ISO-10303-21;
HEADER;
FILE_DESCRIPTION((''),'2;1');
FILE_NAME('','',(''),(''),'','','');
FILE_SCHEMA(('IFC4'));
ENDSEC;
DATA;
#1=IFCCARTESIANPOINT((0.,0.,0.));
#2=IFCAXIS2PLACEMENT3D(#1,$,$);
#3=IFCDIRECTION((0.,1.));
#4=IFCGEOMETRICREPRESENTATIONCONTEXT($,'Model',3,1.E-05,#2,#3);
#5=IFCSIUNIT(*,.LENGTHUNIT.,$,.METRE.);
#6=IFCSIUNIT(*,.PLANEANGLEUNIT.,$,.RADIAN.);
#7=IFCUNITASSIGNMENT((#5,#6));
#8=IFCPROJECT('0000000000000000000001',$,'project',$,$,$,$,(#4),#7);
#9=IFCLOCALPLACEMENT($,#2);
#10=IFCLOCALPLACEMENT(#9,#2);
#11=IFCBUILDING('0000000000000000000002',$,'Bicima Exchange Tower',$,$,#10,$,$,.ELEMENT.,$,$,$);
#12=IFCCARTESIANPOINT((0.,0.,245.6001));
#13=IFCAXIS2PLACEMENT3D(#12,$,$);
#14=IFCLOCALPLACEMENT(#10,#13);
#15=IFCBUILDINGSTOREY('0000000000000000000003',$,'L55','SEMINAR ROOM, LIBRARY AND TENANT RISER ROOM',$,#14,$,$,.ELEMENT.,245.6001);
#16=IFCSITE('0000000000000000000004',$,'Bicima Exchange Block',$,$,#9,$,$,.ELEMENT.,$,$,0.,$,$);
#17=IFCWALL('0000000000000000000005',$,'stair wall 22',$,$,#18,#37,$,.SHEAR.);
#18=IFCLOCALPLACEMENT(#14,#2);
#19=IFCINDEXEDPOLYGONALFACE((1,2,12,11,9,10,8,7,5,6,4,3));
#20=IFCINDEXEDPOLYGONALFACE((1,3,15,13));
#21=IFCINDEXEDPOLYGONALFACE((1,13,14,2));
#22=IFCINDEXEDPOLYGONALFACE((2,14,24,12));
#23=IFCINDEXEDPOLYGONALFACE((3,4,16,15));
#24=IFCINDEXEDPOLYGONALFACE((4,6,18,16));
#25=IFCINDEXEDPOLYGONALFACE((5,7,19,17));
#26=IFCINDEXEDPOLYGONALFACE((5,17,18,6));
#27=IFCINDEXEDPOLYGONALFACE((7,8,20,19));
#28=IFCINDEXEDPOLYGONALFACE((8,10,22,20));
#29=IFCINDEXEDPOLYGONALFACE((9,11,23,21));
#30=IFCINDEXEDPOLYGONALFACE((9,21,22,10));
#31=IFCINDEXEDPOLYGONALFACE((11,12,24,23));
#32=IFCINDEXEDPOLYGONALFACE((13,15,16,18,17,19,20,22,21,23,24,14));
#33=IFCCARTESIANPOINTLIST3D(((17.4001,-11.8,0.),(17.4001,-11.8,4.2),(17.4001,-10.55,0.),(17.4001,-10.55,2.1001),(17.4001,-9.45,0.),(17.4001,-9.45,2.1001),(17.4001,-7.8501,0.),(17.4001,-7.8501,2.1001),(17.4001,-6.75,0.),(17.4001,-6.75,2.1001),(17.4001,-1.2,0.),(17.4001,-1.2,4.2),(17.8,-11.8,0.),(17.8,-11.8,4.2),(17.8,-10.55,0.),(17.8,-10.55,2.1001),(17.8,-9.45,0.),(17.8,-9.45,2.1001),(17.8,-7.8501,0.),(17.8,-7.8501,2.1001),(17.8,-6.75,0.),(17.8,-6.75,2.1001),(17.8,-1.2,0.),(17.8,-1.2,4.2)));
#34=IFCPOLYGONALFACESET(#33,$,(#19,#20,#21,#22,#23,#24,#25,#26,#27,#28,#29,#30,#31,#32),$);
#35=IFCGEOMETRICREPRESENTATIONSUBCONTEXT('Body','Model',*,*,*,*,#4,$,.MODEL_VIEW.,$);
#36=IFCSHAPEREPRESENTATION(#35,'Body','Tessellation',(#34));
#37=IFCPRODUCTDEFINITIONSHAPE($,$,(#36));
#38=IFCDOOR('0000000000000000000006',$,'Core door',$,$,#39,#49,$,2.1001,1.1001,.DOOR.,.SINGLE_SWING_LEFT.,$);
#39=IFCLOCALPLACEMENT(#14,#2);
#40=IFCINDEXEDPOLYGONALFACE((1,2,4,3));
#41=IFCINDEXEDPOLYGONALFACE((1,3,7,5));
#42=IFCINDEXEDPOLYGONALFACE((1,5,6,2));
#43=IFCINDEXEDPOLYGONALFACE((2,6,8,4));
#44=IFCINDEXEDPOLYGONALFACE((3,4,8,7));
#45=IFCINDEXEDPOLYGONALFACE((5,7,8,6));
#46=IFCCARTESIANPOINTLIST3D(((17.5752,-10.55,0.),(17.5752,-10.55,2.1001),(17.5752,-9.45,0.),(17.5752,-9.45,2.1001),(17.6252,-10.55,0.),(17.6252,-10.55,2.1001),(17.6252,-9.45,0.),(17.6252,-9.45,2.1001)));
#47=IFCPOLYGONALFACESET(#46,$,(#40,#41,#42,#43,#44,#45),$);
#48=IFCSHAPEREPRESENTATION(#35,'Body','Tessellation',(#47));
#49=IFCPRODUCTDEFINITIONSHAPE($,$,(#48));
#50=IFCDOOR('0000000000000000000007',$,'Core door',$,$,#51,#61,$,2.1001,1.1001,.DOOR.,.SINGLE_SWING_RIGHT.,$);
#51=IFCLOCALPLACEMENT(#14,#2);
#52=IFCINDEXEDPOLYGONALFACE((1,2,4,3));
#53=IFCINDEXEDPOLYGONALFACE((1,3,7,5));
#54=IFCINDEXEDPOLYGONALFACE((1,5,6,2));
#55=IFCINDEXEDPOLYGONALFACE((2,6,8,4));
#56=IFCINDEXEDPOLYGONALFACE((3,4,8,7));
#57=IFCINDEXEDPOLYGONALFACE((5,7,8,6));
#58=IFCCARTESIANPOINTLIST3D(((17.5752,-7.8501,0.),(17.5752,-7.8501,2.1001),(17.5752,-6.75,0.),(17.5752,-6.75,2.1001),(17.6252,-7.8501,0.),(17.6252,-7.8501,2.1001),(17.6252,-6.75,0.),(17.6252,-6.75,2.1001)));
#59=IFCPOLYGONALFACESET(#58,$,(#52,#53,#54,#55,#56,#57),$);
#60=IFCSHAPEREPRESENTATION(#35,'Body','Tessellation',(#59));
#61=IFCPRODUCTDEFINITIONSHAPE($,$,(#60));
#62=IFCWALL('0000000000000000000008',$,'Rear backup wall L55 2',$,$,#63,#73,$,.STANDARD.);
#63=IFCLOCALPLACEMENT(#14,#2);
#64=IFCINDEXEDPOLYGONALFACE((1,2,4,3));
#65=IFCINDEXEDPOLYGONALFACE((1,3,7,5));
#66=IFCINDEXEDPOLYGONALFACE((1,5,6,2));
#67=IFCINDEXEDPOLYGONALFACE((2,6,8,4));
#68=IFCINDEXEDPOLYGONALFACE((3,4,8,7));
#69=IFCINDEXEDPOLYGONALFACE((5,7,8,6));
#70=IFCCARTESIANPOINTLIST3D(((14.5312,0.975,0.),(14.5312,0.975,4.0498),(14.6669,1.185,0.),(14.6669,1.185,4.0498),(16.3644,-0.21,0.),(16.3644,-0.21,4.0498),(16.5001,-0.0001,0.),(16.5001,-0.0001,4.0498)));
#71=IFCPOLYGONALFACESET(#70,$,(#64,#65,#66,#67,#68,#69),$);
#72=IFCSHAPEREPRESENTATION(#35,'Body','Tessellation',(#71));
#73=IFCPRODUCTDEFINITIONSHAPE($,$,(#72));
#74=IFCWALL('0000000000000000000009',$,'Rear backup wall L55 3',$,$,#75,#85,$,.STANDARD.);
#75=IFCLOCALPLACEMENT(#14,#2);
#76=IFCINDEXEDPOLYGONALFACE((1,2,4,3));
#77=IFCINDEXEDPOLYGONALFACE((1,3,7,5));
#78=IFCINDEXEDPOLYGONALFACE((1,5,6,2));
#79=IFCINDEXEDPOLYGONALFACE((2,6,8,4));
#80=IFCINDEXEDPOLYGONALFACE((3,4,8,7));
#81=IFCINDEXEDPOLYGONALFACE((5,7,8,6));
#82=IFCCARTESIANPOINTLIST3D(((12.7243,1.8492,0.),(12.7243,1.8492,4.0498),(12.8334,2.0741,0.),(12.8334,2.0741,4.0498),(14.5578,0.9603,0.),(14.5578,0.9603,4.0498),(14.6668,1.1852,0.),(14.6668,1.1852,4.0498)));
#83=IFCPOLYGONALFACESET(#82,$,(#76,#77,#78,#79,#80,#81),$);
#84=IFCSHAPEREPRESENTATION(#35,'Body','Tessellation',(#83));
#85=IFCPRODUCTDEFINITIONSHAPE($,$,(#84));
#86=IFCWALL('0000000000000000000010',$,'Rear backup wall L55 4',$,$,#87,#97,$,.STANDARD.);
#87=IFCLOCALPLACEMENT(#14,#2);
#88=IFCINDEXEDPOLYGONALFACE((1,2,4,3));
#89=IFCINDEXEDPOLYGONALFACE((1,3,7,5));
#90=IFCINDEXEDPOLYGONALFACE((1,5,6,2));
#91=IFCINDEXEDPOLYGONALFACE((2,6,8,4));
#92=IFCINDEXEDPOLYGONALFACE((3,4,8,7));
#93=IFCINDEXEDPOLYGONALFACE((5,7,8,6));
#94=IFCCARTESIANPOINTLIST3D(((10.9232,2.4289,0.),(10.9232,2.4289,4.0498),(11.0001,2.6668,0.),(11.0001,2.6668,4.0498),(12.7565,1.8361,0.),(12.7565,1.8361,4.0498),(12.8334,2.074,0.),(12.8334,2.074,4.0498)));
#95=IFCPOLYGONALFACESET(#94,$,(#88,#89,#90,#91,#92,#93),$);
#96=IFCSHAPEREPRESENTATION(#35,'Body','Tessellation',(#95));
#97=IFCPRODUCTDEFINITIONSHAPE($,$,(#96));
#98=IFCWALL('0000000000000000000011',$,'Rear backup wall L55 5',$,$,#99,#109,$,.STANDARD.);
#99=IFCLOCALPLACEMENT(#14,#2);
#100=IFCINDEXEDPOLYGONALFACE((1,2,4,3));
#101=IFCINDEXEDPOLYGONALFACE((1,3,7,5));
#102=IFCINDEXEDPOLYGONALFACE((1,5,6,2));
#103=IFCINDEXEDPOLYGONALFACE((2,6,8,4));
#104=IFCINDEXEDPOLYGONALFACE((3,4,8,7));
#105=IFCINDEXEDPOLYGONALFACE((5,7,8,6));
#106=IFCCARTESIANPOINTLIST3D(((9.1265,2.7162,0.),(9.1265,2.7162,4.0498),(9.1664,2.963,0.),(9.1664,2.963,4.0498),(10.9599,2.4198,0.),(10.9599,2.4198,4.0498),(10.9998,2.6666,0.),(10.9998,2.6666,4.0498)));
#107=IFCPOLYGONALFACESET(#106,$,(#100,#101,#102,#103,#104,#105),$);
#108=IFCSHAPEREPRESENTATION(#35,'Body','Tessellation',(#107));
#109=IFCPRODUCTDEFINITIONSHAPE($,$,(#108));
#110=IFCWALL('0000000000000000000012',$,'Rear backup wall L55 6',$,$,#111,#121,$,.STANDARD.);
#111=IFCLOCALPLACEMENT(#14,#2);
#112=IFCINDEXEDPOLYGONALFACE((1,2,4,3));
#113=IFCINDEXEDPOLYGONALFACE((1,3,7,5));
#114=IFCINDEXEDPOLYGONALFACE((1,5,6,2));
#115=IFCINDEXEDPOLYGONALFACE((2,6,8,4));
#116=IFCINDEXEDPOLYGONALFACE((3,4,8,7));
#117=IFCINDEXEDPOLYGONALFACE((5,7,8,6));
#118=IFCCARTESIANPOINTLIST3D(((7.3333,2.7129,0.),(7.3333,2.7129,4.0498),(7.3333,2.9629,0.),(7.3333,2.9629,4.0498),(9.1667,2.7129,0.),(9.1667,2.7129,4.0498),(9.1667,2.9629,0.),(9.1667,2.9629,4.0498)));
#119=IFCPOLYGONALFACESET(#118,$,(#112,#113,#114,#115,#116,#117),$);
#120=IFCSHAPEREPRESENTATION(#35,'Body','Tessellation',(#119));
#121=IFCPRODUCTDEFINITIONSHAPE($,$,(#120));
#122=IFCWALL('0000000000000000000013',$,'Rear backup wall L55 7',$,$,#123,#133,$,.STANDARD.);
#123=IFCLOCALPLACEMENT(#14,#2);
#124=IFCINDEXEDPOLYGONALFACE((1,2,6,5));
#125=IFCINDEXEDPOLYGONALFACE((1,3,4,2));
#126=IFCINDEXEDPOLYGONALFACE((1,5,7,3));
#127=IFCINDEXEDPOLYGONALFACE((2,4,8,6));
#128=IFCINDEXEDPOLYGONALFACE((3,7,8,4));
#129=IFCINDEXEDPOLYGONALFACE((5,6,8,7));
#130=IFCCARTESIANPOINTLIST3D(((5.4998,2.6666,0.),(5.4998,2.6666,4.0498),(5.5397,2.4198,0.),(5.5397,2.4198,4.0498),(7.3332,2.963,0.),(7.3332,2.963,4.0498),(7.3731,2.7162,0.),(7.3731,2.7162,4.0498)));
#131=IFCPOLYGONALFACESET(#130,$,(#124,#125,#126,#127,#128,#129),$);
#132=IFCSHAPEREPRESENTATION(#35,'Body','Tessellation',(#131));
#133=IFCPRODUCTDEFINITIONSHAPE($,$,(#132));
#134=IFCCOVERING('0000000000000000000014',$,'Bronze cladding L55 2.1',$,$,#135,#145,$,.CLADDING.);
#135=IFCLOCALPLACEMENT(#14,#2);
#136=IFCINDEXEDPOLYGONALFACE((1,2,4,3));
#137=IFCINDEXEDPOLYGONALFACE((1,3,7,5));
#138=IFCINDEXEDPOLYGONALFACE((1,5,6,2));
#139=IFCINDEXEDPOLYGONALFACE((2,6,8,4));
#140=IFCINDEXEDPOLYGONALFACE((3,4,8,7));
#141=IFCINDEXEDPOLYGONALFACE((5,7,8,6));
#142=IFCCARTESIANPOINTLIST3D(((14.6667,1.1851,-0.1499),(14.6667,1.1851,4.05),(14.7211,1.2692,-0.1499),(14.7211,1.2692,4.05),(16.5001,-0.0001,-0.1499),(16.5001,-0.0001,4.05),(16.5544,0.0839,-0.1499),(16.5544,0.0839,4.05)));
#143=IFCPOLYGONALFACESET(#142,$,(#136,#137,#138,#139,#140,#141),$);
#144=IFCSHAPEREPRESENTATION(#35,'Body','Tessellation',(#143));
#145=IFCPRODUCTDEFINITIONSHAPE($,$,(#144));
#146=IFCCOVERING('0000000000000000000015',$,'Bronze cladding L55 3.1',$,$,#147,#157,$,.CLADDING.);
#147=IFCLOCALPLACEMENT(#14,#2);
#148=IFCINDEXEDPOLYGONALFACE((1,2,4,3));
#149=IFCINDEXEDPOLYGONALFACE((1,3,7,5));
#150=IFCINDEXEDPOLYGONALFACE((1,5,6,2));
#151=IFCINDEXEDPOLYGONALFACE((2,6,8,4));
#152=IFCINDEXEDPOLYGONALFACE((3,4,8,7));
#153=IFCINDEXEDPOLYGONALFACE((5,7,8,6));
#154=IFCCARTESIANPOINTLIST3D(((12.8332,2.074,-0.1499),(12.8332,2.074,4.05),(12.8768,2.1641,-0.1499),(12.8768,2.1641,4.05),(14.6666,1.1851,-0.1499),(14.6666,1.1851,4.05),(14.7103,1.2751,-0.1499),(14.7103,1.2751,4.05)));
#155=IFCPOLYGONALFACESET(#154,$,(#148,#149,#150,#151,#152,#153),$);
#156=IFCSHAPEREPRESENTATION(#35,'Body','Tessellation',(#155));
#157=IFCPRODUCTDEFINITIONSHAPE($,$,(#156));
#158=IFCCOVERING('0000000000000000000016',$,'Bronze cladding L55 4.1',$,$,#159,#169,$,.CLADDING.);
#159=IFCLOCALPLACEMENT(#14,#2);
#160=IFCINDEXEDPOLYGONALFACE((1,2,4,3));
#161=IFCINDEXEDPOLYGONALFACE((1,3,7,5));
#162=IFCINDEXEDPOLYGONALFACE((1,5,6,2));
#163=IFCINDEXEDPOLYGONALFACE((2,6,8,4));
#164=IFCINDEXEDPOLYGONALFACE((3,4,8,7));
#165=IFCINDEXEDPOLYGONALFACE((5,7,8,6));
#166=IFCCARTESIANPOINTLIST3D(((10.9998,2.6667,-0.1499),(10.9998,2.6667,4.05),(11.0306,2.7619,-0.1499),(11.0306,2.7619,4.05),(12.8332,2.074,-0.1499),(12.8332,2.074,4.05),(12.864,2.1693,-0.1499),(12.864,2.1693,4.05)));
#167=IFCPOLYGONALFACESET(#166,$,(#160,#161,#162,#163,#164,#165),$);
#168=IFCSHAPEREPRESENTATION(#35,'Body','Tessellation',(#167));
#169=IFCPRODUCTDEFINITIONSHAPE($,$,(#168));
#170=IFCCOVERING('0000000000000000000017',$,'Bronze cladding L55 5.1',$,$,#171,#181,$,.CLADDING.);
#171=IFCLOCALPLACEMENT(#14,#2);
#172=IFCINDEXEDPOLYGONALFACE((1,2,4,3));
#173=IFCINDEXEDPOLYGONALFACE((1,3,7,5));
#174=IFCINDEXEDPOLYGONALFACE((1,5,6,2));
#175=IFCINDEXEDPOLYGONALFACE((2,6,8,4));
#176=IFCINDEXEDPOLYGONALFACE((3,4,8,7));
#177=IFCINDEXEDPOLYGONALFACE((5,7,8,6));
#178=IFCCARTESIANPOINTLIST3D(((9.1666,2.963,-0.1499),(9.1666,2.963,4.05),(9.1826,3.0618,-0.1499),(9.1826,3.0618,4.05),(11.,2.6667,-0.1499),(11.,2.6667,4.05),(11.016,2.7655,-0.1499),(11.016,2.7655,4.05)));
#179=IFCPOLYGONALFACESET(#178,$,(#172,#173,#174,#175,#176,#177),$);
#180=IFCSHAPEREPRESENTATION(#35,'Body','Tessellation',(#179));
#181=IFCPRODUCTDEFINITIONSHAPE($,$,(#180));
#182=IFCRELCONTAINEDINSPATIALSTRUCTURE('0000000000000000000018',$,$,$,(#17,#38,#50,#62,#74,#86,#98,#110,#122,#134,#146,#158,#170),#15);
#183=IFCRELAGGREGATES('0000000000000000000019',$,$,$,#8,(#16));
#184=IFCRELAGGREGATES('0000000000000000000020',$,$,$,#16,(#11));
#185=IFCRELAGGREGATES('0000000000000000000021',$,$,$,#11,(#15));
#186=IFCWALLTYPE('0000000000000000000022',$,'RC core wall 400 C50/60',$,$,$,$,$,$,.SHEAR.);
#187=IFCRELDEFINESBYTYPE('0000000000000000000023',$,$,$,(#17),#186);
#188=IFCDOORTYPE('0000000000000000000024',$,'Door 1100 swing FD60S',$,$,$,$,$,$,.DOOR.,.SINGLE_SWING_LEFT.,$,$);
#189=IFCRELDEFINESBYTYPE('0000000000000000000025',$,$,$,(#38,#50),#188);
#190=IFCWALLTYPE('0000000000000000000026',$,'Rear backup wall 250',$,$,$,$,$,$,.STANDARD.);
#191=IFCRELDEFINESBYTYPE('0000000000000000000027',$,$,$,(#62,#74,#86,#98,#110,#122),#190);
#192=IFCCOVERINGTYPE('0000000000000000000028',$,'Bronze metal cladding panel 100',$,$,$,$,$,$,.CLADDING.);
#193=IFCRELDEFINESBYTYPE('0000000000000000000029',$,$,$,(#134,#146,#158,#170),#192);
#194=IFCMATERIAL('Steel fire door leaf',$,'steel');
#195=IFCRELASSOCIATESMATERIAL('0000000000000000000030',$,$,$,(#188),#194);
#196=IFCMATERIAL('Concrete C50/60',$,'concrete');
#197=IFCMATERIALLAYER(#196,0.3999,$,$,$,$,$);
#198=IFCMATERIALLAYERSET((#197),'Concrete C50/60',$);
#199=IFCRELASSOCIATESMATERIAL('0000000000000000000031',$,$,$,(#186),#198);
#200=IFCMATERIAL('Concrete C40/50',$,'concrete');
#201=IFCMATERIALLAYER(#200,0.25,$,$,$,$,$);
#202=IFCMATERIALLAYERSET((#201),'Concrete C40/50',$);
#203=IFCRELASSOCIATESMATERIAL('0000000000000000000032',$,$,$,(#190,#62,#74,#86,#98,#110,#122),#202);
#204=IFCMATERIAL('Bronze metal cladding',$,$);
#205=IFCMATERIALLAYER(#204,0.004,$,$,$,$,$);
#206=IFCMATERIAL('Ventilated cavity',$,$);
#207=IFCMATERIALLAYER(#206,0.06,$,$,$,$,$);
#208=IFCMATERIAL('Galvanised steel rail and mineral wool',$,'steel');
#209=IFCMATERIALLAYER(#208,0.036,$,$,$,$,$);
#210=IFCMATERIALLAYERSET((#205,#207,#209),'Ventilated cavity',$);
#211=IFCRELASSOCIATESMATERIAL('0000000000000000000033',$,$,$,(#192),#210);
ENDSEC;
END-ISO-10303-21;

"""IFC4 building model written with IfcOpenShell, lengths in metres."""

from ifc_helpers import new_model, si_unit, direction, frame, frame_2d, origin, origin_2d, place, context, subcontext, project, spatial, rectangle, extrude, material, layer, layer_set, layer_usage, type_object, element, fill, save


model = new_model("IFC4")

# Units and contexts
model_context = context("Model", 3, precision=1e-05, world=origin(), true_north=direction((0.0, 1.0)))
body_context = subcontext(model_context, "Body", "Model", "MODEL_VIEW")
ifc_project = project(units=[si_unit("LENGTHUNIT", "METRE"), si_unit("PLANEANGLEUNIT", "RADIAN")], contexts=[model_context])

# Site, building, storey
site_placement = place(None, origin())
site = spatial("IfcSite", under=ifc_project, at=site_placement, Name="Bicima Exchange Block", CompositionType="ELEMENT", RefElevation=0.0)
building_placement = place(site_placement, origin())
building = spatial("IfcBuilding", under=site, at=building_placement, Name="Bicima Exchange Tower", CompositionType="ELEMENT")
storey_placement = place(building_placement, frame((0.0, 0.0, 245.6001)))
storey = spatial("IfcBuildingStorey", under=building, at=storey_placement, Name="L55", Description="SEMINAR ROOM, LIBRARY AND TENANT RISER ROOM", CompositionType="ELEMENT", Elevation=245.6001)

# Shared definitions
ifc_material_1 = material(Name="Concrete C40/50", Category="concrete")

# Shared definitions
ifc_material_2 = material(Name="Steel fire door leaf", Category="steel")
door_type = type_object("IfcDoorType", Name="Door 1100 swing FD60S", OperationType="SINGLE_SWING_LEFT", PredefinedType="DOOR", material=ifc_material_2)

# Wall, openings, doors
ifc_material_3 = material(Name="Concrete C50/60", Category="concrete")
ifc_layer_1 = layer(ifc_material_3, 0.3999)
ifc_layer_set_1 = layer_set([ifc_layer_1], Name="Concrete C50/60")
wall_type_1 = type_object("IfcWallType", Name="RC core wall 400 C50/60", PredefinedType="SHEAR", material=ifc_layer_set_1)
wall_1_placement = place(storey_placement, frame((17.6001, -11.8, 0.0), z_axis=(0.0, 0.0, 1.0), x_axis=(0.0, 1.0, 0.0)))
wall_1 = element("IfcWall", 1, at=wall_1_placement, inside=storey, type_object=wall_type_1, Name="stair wall 22", PredefinedType="SHEAR", context=body_context, shape_type="SweptSolid", body=[
    extrude(rectangle(XDim=10.6001, YDim=0.3999, at=frame_2d((5.3, 0.0))), origin(), (0.0, 0.0, 1.0), 4.2),
])
opening_1_placement = place(wall_1_placement, frame((1.25, 0.0, 0.0)))
opening_1 = element("IfcOpeningElement", 2, at=opening_1_placement, cuts=wall_1, PredefinedType="OPENING", context=body_context, shape_type="SweptSolid", body=[
    extrude(rectangle(XDim=1.1001, YDim=2.1001, at=frame_2d((0.55, 1.05))), frame((0.0, 0.2119, 0.0), z_axis=(0.0, -1.0, 0.0), x_axis=(1.0, 0.0, 0.0)), (0.0, 0.0, 1.0), 0.4238),
])
opening_2_placement = place(wall_1_placement, frame((3.95, 0.0, 0.0)))
opening_2 = element("IfcOpeningElement", 3, at=opening_2_placement, cuts=wall_1, PredefinedType="OPENING", context=body_context, shape_type="SweptSolid", body=[
    extrude(rectangle(XDim=1.1001, YDim=2.1001, at=frame_2d((0.55, 1.05))), frame((0.0, 0.2119, 0.0), z_axis=(0.0, -1.0, 0.0), x_axis=(1.0, 0.0, 0.0)), (0.0, 0.0, 1.0), 0.4238),
])
door_1_placement = place(opening_1_placement, origin())
door_1 = element("IfcDoor", 4, at=door_1_placement, inside=storey, type_object=door_type, Name="Core door", OperationType="SINGLE_SWING_LEFT", OverallHeight=2.1001, OverallWidth=1.1001, PredefinedType="DOOR", context=body_context, shape_type="SweptSolid", body=[
    extrude(rectangle(XDim=1.1001, YDim=2.1001, at=frame_2d((0.55, 1.05))), frame((0.0, 0.0249, 0.0), z_axis=(0.0, -1.0, 0.0), x_axis=(1.0, 0.0, 0.0)), (0.0, 0.0, 1.0), 0.05),
])
fill(opening_1, door_1)
door_2_placement = place(opening_2_placement, origin())
door_2 = element("IfcDoor", 5, at=door_2_placement, inside=storey, type_object=door_type, Name="Core door", OperationType="SINGLE_SWING_RIGHT", OverallHeight=2.1001, OverallWidth=1.1001, PredefinedType="DOOR", context=body_context, shape_type="SweptSolid", body=[
    extrude(rectangle(XDim=1.1001, YDim=2.1001, at=frame_2d((0.55, 1.05))), frame((0.0, 0.0249, 0.0), z_axis=(0.0, -1.0, 0.0), x_axis=(1.0, 0.0, 0.0)), (0.0, 0.0, 1.0), 0.05),
])
fill(opening_2, door_2)

# Walls
ifc_layer_2 = layer(ifc_material_1, 0.25)
ifc_layer_set_2 = layer_set([ifc_layer_2], Name="Concrete C40/50")
ifc_layer_usage = layer_usage(ifc_layer_set_2, "AXIS2", "POSITIVE", -0.125)
wall_type_2 = type_object("IfcWallType", Name="Rear backup wall 250", PredefinedType="STANDARD", material=ifc_layer_set_2)
wall_2_placement = place(storey_placement, frame((16.4321, -0.105, 0.0), z_axis=(0.0, 0.0, 1.0), x_axis=(-0.839813, 0.542876, 0.0)))
element("IfcWall", 6, at=wall_2_placement, inside=storey, type_object=wall_type_2, material=ifc_layer_usage, Name="Rear backup wall L55 2", PredefinedType="STANDARD", context=body_context, shape_type="SweptSolid", body=[
    extrude(rectangle(XDim=2.1829, YDim=0.25, at=frame_2d((1.0913, 0.0))), origin(), (0.0, 0.0, 1.0), 4.0498),
])
wall_3_placement = place(storey_placement, frame((14.6123, 1.0728, 0.0), z_axis=(0.0, 0.0, 1.0), x_axis=(-0.899824, 0.436253, 0.0)))
element("IfcWall", 7, at=wall_3_placement, inside=storey, type_object=wall_type_2, material=ifc_layer_usage, Name="Rear backup wall L55 3", PredefinedType="STANDARD", context=body_context, shape_type="SweptSolid", body=[
    extrude(rectangle(XDim=2.0376, YDim=0.25, at=frame_2d((1.0188, 0.0))), origin(), (0.0, 0.0, 1.0), 4.0498),
])
wall_4_placement = place(storey_placement, frame((12.7949, 1.9551, 0.0), z_axis=(0.0, 0.0, 1.0), x_axis=(-0.951496, 0.307662, 0.0)))
element("IfcWall", 8, at=wall_4_placement, inside=storey, type_object=wall_type_2, material=ifc_layer_usage, Name="Rear backup wall L55 4", PredefinedType="STANDARD", context=body_context, shape_type="SweptSolid", body=[
    extrude(rectangle(XDim=1.9268, YDim=0.25, at=frame_2d((0.9634, 0.0))), origin(), (0.0, 0.0, 1.0), 4.0498),
])
wall_5_placement = place(storey_placement, frame((10.98, 2.5432, 0.0), z_axis=(0.0, 0.0, 1.0), x_axis=(-0.987182, 0.1596, 0.0)))
element("IfcWall", 9, at=wall_5_placement, inside=storey, type_object=wall_type_2, material=ifc_layer_usage, Name="Rear backup wall L55 5", PredefinedType="STANDARD", context=body_context, shape_type="SweptSolid", body=[
    extrude(rectangle(XDim=1.8572, YDim=0.25, at=frame_2d((0.9287, 0.0))), origin(), (0.0, 0.0, 1.0), 4.0498),
])
wall_6_placement = place(storey_placement, frame((9.1667, 2.8379, 0.0), z_axis=(0.0, 0.0, 1.0), x_axis=(-1.0, 0.0, 0.0)))
element("IfcWall", 10, at=wall_6_placement, inside=storey, type_object=wall_type_2, material=ifc_layer_usage, Name="Rear backup wall L55 6", PredefinedType="STANDARD", context=body_context, shape_type="SweptSolid", body=[
    extrude(rectangle(XDim=1.8335, YDim=0.25, at=frame_2d((0.9167, 0.0))), origin(), (0.0, 0.0, 1.0), 4.0498),
])
wall_7_placement = place(storey_placement, frame((7.3533, 2.8396, 0.0), z_axis=(0.0, 0.0, 1.0), x_axis=(-0.987182, -0.1596, 0.0)))
element("IfcWall", 11, at=wall_7_placement, inside=storey, type_object=wall_type_2, material=ifc_layer_usage, Name="Rear backup wall L55 7", PredefinedType="STANDARD", context=body_context, shape_type="SweptSolid", body=[
    extrude(rectangle(XDim=1.8572, YDim=0.25, at=frame_2d((0.9287, 0.0))), origin(), (0.0, 0.0, 1.0), 4.0498),
])

# Coverings
ifc_material_4 = material(Name="Bronze metal cladding")
ifc_layer_3 = layer(ifc_material_4, 0.004)
ifc_material_5 = material(Name="Ventilated cavity")
ifc_layer_4 = layer(ifc_material_5, 0.06)
ifc_material_6 = material(Name="Galvanised steel rail and mineral wool", Category="steel")
ifc_layer_5 = layer(ifc_material_6, 0.036)
ifc_layer_set_3 = layer_set([ifc_layer_3, ifc_layer_4, ifc_layer_5], Name="Ventilated cavity")
covering_type = type_object("IfcCoveringType", Name="Bronze metal cladding panel 100", PredefinedType="CLADDING", material=ifc_layer_set_3)
covering_1_placement = place(storey_placement, frame((15.6106, 0.6345, -0.1499), z_axis=(0.0, 0.0, 1.0), x_axis=(-0.83979, 0.542911, 0.0)))
element("IfcCovering", 12, at=covering_1_placement, inside=storey, type_object=covering_type, Name="Bronze cladding L55 2.1", PredefinedType="CLADDING", context=body_context, shape_type="SweptSolid", body=[
    extrude(rectangle(XDim=2.1831, YDim=0.1001, at=origin_2d()), origin(), (0.0, 0.0, 1.0), 4.2),
])
covering_2_placement = place(storey_placement, frame((13.7717, 1.6746, -0.1499), z_axis=(0.0, 0.0, 1.0), x_axis=(-0.899818, 0.436265, 0.0)))
element("IfcCovering", 13, at=covering_2_placement, inside=storey, type_object=covering_type, Name="Bronze cladding L55 3.1", PredefinedType="CLADDING", context=body_context, shape_type="SweptSolid", body=[
    extrude(rectangle(XDim=2.0376, YDim=0.1001, at=origin_2d()), origin(), (0.0, 0.0, 1.0), 4.2),
])
covering_3_placement = place(storey_placement, frame((11.9319, 2.418, -0.1499), z_axis=(0.0, 0.0, 1.0), x_axis=(-0.951525, 0.307573, 0.0)))
element("IfcCovering", 14, at=covering_3_placement, inside=storey, type_object=covering_type, Name="Bronze cladding L55 4.1", PredefinedType="CLADDING", context=body_context, shape_type="SweptSolid", body=[
    extrude(rectangle(XDim=1.9268, YDim=0.1001, at=origin_2d()), origin(), (0.0, 0.0, 1.0), 4.2),
])
covering_4_placement = place(storey_placement, frame((10.0913, 2.8643, -0.1499), z_axis=(0.0, 0.0, 1.0), x_axis=(-0.98719, 0.15955, 0.0)))
element("IfcCovering", 15, at=covering_4_placement, inside=storey, type_object=covering_type, Name="Bronze cladding L55 5.1", PredefinedType="CLADDING", context=body_context, shape_type="SweptSolid", body=[
    extrude(rectangle(XDim=1.8572, YDim=0.1001, at=origin_2d()), origin(), (0.0, 0.0, 1.0), 4.2),
])

save(model, "model.ifc")
